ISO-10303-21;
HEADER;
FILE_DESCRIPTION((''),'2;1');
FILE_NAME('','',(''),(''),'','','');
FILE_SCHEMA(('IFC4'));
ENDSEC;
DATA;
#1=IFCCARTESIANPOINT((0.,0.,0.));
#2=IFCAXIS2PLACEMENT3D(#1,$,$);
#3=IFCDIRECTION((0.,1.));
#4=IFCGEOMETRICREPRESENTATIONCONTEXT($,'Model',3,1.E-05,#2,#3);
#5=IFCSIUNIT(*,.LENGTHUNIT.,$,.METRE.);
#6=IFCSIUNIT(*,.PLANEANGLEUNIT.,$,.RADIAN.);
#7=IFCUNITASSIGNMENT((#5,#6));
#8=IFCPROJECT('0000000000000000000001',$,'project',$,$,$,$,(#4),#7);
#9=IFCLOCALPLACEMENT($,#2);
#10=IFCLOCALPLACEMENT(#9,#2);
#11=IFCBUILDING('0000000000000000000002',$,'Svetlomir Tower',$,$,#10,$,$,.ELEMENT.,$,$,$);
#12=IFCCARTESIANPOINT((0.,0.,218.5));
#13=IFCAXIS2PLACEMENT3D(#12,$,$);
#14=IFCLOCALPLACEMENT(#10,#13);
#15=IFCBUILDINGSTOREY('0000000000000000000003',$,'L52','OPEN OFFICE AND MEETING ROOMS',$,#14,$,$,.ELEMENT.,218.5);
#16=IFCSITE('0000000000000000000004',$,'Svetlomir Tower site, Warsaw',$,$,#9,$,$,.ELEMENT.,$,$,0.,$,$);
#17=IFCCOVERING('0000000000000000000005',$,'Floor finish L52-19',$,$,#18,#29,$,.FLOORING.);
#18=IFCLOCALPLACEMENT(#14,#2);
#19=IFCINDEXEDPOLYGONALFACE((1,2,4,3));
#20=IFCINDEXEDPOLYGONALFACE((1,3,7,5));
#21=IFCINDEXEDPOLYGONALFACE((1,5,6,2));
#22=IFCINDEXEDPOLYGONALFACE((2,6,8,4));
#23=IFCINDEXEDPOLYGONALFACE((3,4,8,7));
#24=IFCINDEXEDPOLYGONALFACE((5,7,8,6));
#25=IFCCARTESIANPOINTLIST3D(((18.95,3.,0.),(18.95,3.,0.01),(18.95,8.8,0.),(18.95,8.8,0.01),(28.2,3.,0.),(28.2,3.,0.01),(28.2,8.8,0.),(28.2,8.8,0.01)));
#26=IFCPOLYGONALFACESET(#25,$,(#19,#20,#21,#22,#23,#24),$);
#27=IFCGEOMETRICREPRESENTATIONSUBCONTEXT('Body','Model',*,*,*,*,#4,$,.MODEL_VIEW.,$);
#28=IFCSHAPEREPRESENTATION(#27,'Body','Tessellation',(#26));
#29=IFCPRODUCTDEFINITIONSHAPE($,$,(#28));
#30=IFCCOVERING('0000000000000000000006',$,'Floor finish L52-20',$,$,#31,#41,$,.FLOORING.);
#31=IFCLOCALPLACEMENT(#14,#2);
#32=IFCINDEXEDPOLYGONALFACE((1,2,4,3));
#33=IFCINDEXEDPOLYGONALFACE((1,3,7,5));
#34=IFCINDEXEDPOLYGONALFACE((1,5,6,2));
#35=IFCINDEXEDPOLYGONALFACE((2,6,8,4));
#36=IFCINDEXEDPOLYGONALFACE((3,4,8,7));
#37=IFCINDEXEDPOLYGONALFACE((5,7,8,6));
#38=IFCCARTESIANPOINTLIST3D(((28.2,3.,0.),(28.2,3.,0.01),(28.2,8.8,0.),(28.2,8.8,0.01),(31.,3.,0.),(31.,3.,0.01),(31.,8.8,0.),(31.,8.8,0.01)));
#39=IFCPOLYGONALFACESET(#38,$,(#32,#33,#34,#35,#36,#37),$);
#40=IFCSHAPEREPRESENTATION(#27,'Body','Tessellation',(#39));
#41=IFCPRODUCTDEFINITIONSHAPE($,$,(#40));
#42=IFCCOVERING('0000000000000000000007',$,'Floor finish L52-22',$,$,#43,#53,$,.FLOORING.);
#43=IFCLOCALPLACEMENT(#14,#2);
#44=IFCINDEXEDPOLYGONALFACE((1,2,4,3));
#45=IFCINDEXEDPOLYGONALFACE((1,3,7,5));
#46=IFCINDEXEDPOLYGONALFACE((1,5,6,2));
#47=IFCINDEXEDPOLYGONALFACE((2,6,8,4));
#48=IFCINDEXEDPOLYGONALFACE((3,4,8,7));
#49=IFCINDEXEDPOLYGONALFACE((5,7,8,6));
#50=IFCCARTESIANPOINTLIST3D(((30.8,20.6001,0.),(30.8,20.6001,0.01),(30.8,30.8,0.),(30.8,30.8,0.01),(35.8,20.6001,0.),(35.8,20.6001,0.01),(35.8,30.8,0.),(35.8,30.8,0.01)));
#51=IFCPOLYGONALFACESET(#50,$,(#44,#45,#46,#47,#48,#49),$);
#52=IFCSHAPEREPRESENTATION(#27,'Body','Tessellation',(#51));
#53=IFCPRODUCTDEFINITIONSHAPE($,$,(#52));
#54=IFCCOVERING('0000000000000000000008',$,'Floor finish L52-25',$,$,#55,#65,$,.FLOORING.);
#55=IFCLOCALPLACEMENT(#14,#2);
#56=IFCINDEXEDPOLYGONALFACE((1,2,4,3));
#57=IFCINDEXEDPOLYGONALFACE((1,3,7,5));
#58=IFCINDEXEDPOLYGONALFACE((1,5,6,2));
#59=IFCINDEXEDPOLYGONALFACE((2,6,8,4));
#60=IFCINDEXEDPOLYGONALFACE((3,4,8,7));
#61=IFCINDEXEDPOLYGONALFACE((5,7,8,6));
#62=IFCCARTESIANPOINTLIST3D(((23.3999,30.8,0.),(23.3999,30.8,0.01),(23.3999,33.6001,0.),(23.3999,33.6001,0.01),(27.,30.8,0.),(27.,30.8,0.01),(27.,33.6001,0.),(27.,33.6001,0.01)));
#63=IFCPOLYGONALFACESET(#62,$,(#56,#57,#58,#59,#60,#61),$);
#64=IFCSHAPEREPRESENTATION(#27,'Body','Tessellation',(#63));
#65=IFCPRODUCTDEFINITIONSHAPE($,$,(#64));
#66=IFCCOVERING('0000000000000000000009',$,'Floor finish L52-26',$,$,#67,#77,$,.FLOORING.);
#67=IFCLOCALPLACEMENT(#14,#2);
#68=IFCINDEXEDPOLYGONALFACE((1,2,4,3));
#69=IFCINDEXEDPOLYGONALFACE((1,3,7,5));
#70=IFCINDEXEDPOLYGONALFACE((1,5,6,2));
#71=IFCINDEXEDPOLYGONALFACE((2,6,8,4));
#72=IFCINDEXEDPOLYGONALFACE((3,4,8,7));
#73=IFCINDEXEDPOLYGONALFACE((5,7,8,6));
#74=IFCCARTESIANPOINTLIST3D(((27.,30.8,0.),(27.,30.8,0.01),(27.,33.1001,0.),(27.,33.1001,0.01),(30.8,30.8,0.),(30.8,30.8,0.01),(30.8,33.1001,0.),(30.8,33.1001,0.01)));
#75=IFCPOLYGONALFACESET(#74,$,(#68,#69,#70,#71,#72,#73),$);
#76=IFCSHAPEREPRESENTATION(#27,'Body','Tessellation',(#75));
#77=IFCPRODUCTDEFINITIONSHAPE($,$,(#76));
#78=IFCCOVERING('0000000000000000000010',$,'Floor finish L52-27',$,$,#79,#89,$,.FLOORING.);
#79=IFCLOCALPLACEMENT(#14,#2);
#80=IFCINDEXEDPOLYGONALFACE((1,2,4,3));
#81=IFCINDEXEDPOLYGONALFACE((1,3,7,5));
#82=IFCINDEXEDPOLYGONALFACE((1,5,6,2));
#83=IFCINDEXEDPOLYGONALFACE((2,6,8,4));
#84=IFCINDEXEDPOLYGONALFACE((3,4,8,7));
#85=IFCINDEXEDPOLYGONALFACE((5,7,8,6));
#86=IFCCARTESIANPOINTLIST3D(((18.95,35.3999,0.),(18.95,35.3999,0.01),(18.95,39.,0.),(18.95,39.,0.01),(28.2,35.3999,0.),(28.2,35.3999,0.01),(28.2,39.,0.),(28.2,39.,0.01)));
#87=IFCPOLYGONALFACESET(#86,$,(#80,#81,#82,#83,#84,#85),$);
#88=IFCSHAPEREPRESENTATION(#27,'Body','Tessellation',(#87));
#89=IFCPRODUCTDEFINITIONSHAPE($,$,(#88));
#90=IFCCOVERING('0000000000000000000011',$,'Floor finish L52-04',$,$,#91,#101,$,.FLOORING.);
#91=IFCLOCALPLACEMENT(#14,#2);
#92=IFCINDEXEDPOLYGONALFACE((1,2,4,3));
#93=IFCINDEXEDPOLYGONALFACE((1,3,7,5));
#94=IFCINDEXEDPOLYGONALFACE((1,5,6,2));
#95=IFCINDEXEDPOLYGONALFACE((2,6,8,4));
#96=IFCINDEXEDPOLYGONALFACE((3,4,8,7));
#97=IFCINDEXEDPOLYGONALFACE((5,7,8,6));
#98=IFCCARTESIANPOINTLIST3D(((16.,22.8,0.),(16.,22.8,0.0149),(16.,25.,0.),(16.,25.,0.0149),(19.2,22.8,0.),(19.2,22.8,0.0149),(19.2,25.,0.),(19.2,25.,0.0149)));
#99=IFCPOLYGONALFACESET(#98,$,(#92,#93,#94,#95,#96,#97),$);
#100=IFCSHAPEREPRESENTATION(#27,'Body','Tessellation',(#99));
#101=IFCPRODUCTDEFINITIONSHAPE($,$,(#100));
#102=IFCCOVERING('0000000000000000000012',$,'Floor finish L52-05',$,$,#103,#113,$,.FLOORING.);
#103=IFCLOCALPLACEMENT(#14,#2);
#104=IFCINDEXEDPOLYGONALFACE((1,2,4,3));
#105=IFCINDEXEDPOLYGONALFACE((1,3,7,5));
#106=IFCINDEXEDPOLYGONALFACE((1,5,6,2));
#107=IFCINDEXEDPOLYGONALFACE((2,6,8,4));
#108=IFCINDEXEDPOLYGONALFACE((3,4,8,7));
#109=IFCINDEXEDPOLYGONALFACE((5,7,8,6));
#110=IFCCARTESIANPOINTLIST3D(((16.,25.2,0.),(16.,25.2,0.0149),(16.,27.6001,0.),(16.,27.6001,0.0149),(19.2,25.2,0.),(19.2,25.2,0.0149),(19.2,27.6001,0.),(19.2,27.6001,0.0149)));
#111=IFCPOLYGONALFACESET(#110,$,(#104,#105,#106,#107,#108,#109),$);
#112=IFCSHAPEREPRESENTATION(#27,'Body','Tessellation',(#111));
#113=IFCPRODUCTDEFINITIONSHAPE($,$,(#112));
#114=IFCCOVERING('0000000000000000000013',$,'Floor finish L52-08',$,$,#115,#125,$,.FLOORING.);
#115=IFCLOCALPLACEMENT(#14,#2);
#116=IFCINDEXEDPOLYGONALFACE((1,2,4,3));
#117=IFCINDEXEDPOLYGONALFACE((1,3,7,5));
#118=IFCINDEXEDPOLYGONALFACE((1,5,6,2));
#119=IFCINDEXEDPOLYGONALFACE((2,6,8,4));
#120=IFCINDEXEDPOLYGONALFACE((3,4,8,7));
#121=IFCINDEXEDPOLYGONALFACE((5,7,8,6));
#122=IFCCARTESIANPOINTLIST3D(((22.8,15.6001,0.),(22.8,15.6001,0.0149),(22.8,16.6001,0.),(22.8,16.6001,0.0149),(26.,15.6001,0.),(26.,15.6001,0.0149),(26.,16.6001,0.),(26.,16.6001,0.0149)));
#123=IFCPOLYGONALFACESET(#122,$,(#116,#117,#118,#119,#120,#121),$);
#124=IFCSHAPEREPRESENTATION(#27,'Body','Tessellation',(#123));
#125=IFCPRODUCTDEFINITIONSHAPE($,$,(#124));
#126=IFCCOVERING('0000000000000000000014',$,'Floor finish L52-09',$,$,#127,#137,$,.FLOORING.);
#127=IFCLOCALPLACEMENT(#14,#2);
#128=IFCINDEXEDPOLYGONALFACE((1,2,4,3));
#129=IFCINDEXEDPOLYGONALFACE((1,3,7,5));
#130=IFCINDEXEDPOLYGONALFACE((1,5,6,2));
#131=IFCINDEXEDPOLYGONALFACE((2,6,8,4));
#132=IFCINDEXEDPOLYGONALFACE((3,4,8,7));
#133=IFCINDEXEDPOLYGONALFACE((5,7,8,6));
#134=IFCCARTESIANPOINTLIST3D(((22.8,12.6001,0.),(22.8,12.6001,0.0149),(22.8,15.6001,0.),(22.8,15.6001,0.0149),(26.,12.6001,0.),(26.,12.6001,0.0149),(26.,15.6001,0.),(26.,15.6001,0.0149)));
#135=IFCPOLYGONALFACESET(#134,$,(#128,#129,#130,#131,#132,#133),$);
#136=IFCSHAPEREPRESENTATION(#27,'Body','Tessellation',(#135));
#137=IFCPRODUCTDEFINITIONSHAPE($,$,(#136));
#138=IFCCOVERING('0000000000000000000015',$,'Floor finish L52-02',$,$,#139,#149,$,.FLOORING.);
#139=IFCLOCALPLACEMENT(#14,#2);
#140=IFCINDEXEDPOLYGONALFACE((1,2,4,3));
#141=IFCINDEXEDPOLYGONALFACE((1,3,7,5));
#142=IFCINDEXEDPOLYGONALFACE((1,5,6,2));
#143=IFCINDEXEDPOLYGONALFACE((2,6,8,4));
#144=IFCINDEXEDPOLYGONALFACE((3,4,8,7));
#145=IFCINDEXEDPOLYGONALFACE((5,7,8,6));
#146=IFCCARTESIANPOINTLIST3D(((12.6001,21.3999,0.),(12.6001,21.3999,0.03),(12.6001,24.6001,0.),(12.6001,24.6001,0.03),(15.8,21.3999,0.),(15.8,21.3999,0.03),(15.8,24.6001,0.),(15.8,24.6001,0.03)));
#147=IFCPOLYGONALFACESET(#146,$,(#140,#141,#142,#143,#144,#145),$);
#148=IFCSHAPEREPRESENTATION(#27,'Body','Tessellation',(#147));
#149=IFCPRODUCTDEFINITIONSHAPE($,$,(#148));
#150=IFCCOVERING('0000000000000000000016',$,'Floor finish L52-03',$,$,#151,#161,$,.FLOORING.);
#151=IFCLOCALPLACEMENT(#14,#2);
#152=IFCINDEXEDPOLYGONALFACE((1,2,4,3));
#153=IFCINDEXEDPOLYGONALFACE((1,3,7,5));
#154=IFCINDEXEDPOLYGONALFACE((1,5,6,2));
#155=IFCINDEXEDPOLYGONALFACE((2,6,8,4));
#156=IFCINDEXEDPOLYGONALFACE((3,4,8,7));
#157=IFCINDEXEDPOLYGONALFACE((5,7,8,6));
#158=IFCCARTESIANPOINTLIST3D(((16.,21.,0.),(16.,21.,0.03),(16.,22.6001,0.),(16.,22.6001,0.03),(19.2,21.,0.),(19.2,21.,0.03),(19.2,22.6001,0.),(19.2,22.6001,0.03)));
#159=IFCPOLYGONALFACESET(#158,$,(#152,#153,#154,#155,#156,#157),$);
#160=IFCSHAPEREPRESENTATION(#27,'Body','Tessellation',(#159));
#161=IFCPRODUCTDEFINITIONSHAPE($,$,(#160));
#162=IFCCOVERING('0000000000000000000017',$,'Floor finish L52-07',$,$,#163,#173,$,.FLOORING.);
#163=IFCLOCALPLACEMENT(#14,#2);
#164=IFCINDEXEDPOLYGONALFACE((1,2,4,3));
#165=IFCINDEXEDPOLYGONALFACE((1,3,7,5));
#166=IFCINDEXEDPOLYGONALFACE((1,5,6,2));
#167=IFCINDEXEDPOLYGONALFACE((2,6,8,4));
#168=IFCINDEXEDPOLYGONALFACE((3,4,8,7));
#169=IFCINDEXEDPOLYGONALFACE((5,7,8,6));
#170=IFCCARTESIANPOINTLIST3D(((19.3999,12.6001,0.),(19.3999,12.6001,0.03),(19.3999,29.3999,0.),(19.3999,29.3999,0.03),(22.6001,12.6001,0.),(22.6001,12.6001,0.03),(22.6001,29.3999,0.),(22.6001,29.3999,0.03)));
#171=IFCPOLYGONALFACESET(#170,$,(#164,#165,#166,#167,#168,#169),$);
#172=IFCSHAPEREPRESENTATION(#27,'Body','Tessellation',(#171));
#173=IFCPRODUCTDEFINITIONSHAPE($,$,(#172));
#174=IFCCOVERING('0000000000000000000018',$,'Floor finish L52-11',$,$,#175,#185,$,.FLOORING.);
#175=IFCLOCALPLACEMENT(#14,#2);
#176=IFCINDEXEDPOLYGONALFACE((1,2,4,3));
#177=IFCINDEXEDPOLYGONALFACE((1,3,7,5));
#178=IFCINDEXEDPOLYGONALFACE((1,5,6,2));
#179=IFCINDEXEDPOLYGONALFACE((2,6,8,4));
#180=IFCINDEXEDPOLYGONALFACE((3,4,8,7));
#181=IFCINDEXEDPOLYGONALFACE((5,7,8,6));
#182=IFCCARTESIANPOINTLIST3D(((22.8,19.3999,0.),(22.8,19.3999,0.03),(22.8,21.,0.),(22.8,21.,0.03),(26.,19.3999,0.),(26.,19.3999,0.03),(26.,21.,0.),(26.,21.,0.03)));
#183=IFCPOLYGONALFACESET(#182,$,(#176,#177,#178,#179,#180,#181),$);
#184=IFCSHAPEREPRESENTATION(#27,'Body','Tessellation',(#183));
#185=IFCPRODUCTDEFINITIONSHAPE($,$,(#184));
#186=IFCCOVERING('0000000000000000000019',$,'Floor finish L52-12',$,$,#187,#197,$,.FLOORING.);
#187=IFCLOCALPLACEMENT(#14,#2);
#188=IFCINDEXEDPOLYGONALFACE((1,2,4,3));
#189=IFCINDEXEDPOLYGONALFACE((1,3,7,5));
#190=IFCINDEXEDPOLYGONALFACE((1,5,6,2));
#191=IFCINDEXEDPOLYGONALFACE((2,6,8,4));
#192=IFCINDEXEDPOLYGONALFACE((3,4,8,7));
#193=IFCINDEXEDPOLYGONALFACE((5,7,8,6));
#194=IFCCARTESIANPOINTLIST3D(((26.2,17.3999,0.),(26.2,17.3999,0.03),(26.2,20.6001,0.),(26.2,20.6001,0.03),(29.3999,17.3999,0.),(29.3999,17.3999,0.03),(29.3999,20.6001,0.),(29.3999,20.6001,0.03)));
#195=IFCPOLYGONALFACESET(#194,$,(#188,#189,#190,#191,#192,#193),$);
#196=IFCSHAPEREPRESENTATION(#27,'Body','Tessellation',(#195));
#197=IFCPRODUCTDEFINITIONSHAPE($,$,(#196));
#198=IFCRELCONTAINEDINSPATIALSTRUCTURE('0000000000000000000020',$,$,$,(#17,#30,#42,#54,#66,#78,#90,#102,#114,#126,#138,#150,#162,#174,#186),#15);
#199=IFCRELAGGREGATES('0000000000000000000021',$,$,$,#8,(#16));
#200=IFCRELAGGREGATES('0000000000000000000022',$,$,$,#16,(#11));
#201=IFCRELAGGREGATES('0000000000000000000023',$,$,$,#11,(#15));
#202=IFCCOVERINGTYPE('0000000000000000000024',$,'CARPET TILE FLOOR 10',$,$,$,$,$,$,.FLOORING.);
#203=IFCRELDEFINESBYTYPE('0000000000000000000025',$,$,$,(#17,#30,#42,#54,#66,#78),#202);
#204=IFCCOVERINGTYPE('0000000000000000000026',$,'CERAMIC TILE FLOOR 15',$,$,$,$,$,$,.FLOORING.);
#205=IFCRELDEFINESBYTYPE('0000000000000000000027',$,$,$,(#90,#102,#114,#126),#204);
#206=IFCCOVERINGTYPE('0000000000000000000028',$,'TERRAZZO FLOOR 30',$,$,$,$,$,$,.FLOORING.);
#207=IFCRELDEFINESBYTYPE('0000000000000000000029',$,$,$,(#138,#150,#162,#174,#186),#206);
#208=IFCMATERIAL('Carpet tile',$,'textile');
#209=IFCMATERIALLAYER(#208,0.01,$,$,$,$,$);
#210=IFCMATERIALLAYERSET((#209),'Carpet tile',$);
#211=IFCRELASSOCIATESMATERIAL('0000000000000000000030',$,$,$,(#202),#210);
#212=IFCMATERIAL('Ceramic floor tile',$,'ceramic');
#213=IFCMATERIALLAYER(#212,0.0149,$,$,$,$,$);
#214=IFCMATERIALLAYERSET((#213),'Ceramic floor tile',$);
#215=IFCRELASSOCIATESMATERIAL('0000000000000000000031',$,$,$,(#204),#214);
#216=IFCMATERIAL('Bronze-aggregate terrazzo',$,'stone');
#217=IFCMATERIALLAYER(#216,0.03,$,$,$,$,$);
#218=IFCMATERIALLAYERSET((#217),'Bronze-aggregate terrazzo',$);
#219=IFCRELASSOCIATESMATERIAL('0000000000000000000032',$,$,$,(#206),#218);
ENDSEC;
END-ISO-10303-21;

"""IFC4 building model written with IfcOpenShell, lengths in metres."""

from ifc_helpers import new_model, si_unit, direction, frame, origin, place, context, subcontext, project, spatial, polyline, outline, extrude, material, layer, layer_set, type_object, element, save


model = new_model("IFC4")

# Units and contexts
model_context = context("Model", 3, precision=1e-05, world=origin(), true_north=direction((0.0, 1.0)))
body_context = subcontext(model_context, "Body", "Model", "MODEL_VIEW")
ifc_project = project(units=[si_unit("LENGTHUNIT", "METRE"), si_unit("PLANEANGLEUNIT", "RADIAN")], contexts=[model_context])

# Site, building, storey
site_placement = place(None, origin())
site = spatial("IfcSite", under=ifc_project, at=site_placement, Name="Svetlomir Tower site, Warsaw", CompositionType="ELEMENT", RefElevation=0.0)
building_placement = place(site_placement, origin())
building = spatial("IfcBuilding", under=site, at=building_placement, Name="Svetlomir Tower", CompositionType="ELEMENT")
storey_placement = place(building_placement, frame((0.0, 0.0, 218.5)))
storey = spatial("IfcBuildingStorey", under=building, at=storey_placement, Name="L52", Description="OPEN OFFICE AND MEETING ROOMS", CompositionType="ELEMENT", Elevation=218.5)

# Coverings
ifc_material_1 = material(Name="Carpet tile", Category="textile")
ifc_layer_1 = layer(ifc_material_1, 0.01)
ifc_layer_set_1 = layer_set([ifc_layer_1], Name="Carpet tile")
covering_type_1 = type_object("IfcCoveringType", Name="CARPET TILE FLOOR 10", PredefinedType="FLOORING", material=ifc_layer_set_1)
covering_1_placement = place(storey_placement, origin())
element("IfcCovering", 1, at=covering_1_placement, inside=storey, type_object=covering_type_1, Name="Floor finish L52-19", PredefinedType="FLOORING", context=body_context, shape_type="SweptSolid", body=[
    extrude(outline(polyline([(18.95, 3.0), (28.2, 3.0), (28.2, 8.8), (18.95, 8.8), (18.95, 3.0)])), origin(), (0.0, 0.0, 1.0), 0.01),
])
covering_2_placement = place(storey_placement, origin())
element("IfcCovering", 2, at=covering_2_placement, inside=storey, type_object=covering_type_1, Name="Floor finish L52-20", PredefinedType="FLOORING", context=body_context, shape_type="SweptSolid", body=[
    extrude(outline(polyline([(28.2, 3.0), (31.0, 3.0), (31.0, 8.8), (28.2, 8.8), (28.2, 3.0)])), origin(), (0.0, 0.0, 1.0), 0.01),
])
covering_3_placement = place(storey_placement, origin())
element("IfcCovering", 3, at=covering_3_placement, inside=storey, type_object=covering_type_1, Name="Floor finish L52-22", PredefinedType="FLOORING", context=body_context, shape_type="SweptSolid", body=[
    extrude(outline(polyline([(30.8, 20.6001), (35.8, 20.6001), (35.8, 30.8), (30.8, 30.8), (30.8, 20.6001)])), origin(), (0.0, 0.0, 1.0), 0.01),
])
covering_4_placement = place(storey_placement, origin())
element("IfcCovering", 4, at=covering_4_placement, inside=storey, type_object=covering_type_1, Name="Floor finish L52-25", PredefinedType="FLOORING", context=body_context, shape_type="SweptSolid", body=[
    extrude(outline(polyline([(23.3999, 30.8), (27.0, 30.8), (27.0, 33.6001), (23.3999, 33.6001), (23.3999, 30.8)])), origin(), (0.0, 0.0, 1.0), 0.01),
])
covering_5_placement = place(storey_placement, origin())
element("IfcCovering", 5, at=covering_5_placement, inside=storey, type_object=covering_type_1, Name="Floor finish L52-26", PredefinedType="FLOORING", context=body_context, shape_type="SweptSolid", body=[
    extrude(outline(polyline([(27.0, 30.8), (30.8, 30.8), (30.8, 33.1001), (27.0, 33.1001), (27.0, 30.8)])), origin(), (0.0, 0.0, 1.0), 0.01),
])
covering_6_placement = place(storey_placement, origin())
element("IfcCovering", 6, at=covering_6_placement, inside=storey, type_object=covering_type_1, Name="Floor finish L52-27", PredefinedType="FLOORING", context=body_context, shape_type="SweptSolid", body=[
    extrude(outline(polyline([(18.95, 35.3999), (28.2, 35.3999), (28.2, 39.0), (18.95, 39.0), (18.95, 35.3999)])), origin(), (0.0, 0.0, 1.0), 0.01),
])
ifc_material_2 = material(Name="Ceramic floor tile", Category="ceramic")
ifc_layer_2 = layer(ifc_material_2, 0.0149)
ifc_layer_set_2 = layer_set([ifc_layer_2], Name="Ceramic floor tile")
covering_type_2 = type_object("IfcCoveringType", Name="CERAMIC TILE FLOOR 15", PredefinedType="FLOORING", material=ifc_layer_set_2)
covering_7_placement = place(storey_placement, origin())
element("IfcCovering", 7, at=covering_7_placement, inside=storey, type_object=covering_type_2, Name="Floor finish L52-04", PredefinedType="FLOORING", context=body_context, shape_type="SweptSolid", body=[
    extrude(outline(polyline([(16.0, 22.8), (19.2, 22.8), (19.2, 25.0), (16.0, 25.0), (16.0, 22.8)])), origin(), (0.0, 0.0, 1.0), 0.0149),
])
covering_8_placement = place(storey_placement, origin())
element("IfcCovering", 8, at=covering_8_placement, inside=storey, type_object=covering_type_2, Name="Floor finish L52-05", PredefinedType="FLOORING", context=body_context, shape_type="SweptSolid", body=[
    extrude(outline(polyline([(16.0, 25.2), (19.2, 25.2), (19.2, 27.6001), (16.0, 27.6001), (16.0, 25.2)])), origin(), (0.0, 0.0, 1.0), 0.0149),
])
covering_9_placement = place(storey_placement, origin())
element("IfcCovering", 9, at=covering_9_placement, inside=storey, type_object=covering_type_2, Name="Floor finish L52-08", PredefinedType="FLOORING", context=body_context, shape_type="SweptSolid", body=[
    extrude(outline(polyline([(22.8, 15.6001), (26.0, 15.6001), (26.0, 16.6001), (22.8, 16.6001), (22.8, 15.6001)])), origin(), (0.0, 0.0, 1.0), 0.0149),
])
covering_10_placement = place(storey_placement, origin())
element("IfcCovering", 10, at=covering_10_placement, inside=storey, type_object=covering_type_2, Name="Floor finish L52-09", PredefinedType="FLOORING", context=body_context, shape_type="SweptSolid", body=[
    extrude(outline(polyline([(22.8, 12.6001), (26.0, 12.6001), (26.0, 15.6001), (22.8, 15.6001), (22.8, 12.6001)])), origin(), (0.0, 0.0, 1.0), 0.0149),
])
ifc_material_3 = material(Name="Bronze-aggregate terrazzo", Category="stone")
ifc_layer_3 = layer(ifc_material_3, 0.03)
ifc_layer_set_3 = layer_set([ifc_layer_3], Name="Bronze-aggregate terrazzo")
covering_type_3 = type_object("IfcCoveringType", Name="TERRAZZO FLOOR 30", PredefinedType="FLOORING", material=ifc_layer_set_3)
covering_11_placement = place(storey_placement, origin())
element("IfcCovering", 11, at=covering_11_placement, inside=storey, type_object=covering_type_3, Name="Floor finish L52-02", PredefinedType="FLOORING", context=body_context, shape_type="SweptSolid", body=[
    extrude(outline(polyline([(12.6001, 21.3999), (15.8, 21.3999), (15.8, 24.6001), (12.6001, 24.6001), (12.6001, 21.3999)])), origin(), (0.0, 0.0, 1.0), 0.03),
])
covering_12_placement = place(storey_placement, origin())
element("IfcCovering", 12, at=covering_12_placement, inside=storey, type_object=covering_type_3, Name="Floor finish L52-03", PredefinedType="FLOORING", context=body_context, shape_type="SweptSolid", body=[
    extrude(outline(polyline([(16.0, 21.0), (19.2, 21.0), (19.2, 22.6001), (16.0, 22.6001), (16.0, 21.0)])), origin(), (0.0, 0.0, 1.0), 0.03),
])
covering_13_placement = place(storey_placement, origin())
element("IfcCovering", 13, at=covering_13_placement, inside=storey, type_object=covering_type_3, Name="Floor finish L52-07", PredefinedType="FLOORING", context=body_context, shape_type="SweptSolid", body=[
    extrude(outline(polyline([(19.3999, 12.6001), (22.6001, 12.6001), (22.6001, 29.3999), (19.3999, 29.3999), (19.3999, 12.6001)])), origin(), (0.0, 0.0, 1.0), 0.03),
])
covering_14_placement = place(storey_placement, origin())
element("IfcCovering", 14, at=covering_14_placement, inside=storey, type_object=covering_type_3, Name="Floor finish L52-11", PredefinedType="FLOORING", context=body_context, shape_type="SweptSolid", body=[
    extrude(outline(polyline([(22.8, 19.3999), (26.0, 19.3999), (26.0, 21.0), (22.8, 21.0), (22.8, 19.3999)])), origin(), (0.0, 0.0, 1.0), 0.03),
])
covering_15_placement = place(storey_placement, origin())
element("IfcCovering", 15, at=covering_15_placement, inside=storey, type_object=covering_type_3, Name="Floor finish L52-12", PredefinedType="FLOORING", context=body_context, shape_type="SweptSolid", body=[
    extrude(outline(polyline([(26.2, 17.3999), (29.3999, 17.3999), (29.3999, 20.6001), (26.2, 20.6001), (26.2, 17.3999)])), origin(), (0.0, 0.0, 1.0), 0.03),
])

save(model, "model.ifc")
